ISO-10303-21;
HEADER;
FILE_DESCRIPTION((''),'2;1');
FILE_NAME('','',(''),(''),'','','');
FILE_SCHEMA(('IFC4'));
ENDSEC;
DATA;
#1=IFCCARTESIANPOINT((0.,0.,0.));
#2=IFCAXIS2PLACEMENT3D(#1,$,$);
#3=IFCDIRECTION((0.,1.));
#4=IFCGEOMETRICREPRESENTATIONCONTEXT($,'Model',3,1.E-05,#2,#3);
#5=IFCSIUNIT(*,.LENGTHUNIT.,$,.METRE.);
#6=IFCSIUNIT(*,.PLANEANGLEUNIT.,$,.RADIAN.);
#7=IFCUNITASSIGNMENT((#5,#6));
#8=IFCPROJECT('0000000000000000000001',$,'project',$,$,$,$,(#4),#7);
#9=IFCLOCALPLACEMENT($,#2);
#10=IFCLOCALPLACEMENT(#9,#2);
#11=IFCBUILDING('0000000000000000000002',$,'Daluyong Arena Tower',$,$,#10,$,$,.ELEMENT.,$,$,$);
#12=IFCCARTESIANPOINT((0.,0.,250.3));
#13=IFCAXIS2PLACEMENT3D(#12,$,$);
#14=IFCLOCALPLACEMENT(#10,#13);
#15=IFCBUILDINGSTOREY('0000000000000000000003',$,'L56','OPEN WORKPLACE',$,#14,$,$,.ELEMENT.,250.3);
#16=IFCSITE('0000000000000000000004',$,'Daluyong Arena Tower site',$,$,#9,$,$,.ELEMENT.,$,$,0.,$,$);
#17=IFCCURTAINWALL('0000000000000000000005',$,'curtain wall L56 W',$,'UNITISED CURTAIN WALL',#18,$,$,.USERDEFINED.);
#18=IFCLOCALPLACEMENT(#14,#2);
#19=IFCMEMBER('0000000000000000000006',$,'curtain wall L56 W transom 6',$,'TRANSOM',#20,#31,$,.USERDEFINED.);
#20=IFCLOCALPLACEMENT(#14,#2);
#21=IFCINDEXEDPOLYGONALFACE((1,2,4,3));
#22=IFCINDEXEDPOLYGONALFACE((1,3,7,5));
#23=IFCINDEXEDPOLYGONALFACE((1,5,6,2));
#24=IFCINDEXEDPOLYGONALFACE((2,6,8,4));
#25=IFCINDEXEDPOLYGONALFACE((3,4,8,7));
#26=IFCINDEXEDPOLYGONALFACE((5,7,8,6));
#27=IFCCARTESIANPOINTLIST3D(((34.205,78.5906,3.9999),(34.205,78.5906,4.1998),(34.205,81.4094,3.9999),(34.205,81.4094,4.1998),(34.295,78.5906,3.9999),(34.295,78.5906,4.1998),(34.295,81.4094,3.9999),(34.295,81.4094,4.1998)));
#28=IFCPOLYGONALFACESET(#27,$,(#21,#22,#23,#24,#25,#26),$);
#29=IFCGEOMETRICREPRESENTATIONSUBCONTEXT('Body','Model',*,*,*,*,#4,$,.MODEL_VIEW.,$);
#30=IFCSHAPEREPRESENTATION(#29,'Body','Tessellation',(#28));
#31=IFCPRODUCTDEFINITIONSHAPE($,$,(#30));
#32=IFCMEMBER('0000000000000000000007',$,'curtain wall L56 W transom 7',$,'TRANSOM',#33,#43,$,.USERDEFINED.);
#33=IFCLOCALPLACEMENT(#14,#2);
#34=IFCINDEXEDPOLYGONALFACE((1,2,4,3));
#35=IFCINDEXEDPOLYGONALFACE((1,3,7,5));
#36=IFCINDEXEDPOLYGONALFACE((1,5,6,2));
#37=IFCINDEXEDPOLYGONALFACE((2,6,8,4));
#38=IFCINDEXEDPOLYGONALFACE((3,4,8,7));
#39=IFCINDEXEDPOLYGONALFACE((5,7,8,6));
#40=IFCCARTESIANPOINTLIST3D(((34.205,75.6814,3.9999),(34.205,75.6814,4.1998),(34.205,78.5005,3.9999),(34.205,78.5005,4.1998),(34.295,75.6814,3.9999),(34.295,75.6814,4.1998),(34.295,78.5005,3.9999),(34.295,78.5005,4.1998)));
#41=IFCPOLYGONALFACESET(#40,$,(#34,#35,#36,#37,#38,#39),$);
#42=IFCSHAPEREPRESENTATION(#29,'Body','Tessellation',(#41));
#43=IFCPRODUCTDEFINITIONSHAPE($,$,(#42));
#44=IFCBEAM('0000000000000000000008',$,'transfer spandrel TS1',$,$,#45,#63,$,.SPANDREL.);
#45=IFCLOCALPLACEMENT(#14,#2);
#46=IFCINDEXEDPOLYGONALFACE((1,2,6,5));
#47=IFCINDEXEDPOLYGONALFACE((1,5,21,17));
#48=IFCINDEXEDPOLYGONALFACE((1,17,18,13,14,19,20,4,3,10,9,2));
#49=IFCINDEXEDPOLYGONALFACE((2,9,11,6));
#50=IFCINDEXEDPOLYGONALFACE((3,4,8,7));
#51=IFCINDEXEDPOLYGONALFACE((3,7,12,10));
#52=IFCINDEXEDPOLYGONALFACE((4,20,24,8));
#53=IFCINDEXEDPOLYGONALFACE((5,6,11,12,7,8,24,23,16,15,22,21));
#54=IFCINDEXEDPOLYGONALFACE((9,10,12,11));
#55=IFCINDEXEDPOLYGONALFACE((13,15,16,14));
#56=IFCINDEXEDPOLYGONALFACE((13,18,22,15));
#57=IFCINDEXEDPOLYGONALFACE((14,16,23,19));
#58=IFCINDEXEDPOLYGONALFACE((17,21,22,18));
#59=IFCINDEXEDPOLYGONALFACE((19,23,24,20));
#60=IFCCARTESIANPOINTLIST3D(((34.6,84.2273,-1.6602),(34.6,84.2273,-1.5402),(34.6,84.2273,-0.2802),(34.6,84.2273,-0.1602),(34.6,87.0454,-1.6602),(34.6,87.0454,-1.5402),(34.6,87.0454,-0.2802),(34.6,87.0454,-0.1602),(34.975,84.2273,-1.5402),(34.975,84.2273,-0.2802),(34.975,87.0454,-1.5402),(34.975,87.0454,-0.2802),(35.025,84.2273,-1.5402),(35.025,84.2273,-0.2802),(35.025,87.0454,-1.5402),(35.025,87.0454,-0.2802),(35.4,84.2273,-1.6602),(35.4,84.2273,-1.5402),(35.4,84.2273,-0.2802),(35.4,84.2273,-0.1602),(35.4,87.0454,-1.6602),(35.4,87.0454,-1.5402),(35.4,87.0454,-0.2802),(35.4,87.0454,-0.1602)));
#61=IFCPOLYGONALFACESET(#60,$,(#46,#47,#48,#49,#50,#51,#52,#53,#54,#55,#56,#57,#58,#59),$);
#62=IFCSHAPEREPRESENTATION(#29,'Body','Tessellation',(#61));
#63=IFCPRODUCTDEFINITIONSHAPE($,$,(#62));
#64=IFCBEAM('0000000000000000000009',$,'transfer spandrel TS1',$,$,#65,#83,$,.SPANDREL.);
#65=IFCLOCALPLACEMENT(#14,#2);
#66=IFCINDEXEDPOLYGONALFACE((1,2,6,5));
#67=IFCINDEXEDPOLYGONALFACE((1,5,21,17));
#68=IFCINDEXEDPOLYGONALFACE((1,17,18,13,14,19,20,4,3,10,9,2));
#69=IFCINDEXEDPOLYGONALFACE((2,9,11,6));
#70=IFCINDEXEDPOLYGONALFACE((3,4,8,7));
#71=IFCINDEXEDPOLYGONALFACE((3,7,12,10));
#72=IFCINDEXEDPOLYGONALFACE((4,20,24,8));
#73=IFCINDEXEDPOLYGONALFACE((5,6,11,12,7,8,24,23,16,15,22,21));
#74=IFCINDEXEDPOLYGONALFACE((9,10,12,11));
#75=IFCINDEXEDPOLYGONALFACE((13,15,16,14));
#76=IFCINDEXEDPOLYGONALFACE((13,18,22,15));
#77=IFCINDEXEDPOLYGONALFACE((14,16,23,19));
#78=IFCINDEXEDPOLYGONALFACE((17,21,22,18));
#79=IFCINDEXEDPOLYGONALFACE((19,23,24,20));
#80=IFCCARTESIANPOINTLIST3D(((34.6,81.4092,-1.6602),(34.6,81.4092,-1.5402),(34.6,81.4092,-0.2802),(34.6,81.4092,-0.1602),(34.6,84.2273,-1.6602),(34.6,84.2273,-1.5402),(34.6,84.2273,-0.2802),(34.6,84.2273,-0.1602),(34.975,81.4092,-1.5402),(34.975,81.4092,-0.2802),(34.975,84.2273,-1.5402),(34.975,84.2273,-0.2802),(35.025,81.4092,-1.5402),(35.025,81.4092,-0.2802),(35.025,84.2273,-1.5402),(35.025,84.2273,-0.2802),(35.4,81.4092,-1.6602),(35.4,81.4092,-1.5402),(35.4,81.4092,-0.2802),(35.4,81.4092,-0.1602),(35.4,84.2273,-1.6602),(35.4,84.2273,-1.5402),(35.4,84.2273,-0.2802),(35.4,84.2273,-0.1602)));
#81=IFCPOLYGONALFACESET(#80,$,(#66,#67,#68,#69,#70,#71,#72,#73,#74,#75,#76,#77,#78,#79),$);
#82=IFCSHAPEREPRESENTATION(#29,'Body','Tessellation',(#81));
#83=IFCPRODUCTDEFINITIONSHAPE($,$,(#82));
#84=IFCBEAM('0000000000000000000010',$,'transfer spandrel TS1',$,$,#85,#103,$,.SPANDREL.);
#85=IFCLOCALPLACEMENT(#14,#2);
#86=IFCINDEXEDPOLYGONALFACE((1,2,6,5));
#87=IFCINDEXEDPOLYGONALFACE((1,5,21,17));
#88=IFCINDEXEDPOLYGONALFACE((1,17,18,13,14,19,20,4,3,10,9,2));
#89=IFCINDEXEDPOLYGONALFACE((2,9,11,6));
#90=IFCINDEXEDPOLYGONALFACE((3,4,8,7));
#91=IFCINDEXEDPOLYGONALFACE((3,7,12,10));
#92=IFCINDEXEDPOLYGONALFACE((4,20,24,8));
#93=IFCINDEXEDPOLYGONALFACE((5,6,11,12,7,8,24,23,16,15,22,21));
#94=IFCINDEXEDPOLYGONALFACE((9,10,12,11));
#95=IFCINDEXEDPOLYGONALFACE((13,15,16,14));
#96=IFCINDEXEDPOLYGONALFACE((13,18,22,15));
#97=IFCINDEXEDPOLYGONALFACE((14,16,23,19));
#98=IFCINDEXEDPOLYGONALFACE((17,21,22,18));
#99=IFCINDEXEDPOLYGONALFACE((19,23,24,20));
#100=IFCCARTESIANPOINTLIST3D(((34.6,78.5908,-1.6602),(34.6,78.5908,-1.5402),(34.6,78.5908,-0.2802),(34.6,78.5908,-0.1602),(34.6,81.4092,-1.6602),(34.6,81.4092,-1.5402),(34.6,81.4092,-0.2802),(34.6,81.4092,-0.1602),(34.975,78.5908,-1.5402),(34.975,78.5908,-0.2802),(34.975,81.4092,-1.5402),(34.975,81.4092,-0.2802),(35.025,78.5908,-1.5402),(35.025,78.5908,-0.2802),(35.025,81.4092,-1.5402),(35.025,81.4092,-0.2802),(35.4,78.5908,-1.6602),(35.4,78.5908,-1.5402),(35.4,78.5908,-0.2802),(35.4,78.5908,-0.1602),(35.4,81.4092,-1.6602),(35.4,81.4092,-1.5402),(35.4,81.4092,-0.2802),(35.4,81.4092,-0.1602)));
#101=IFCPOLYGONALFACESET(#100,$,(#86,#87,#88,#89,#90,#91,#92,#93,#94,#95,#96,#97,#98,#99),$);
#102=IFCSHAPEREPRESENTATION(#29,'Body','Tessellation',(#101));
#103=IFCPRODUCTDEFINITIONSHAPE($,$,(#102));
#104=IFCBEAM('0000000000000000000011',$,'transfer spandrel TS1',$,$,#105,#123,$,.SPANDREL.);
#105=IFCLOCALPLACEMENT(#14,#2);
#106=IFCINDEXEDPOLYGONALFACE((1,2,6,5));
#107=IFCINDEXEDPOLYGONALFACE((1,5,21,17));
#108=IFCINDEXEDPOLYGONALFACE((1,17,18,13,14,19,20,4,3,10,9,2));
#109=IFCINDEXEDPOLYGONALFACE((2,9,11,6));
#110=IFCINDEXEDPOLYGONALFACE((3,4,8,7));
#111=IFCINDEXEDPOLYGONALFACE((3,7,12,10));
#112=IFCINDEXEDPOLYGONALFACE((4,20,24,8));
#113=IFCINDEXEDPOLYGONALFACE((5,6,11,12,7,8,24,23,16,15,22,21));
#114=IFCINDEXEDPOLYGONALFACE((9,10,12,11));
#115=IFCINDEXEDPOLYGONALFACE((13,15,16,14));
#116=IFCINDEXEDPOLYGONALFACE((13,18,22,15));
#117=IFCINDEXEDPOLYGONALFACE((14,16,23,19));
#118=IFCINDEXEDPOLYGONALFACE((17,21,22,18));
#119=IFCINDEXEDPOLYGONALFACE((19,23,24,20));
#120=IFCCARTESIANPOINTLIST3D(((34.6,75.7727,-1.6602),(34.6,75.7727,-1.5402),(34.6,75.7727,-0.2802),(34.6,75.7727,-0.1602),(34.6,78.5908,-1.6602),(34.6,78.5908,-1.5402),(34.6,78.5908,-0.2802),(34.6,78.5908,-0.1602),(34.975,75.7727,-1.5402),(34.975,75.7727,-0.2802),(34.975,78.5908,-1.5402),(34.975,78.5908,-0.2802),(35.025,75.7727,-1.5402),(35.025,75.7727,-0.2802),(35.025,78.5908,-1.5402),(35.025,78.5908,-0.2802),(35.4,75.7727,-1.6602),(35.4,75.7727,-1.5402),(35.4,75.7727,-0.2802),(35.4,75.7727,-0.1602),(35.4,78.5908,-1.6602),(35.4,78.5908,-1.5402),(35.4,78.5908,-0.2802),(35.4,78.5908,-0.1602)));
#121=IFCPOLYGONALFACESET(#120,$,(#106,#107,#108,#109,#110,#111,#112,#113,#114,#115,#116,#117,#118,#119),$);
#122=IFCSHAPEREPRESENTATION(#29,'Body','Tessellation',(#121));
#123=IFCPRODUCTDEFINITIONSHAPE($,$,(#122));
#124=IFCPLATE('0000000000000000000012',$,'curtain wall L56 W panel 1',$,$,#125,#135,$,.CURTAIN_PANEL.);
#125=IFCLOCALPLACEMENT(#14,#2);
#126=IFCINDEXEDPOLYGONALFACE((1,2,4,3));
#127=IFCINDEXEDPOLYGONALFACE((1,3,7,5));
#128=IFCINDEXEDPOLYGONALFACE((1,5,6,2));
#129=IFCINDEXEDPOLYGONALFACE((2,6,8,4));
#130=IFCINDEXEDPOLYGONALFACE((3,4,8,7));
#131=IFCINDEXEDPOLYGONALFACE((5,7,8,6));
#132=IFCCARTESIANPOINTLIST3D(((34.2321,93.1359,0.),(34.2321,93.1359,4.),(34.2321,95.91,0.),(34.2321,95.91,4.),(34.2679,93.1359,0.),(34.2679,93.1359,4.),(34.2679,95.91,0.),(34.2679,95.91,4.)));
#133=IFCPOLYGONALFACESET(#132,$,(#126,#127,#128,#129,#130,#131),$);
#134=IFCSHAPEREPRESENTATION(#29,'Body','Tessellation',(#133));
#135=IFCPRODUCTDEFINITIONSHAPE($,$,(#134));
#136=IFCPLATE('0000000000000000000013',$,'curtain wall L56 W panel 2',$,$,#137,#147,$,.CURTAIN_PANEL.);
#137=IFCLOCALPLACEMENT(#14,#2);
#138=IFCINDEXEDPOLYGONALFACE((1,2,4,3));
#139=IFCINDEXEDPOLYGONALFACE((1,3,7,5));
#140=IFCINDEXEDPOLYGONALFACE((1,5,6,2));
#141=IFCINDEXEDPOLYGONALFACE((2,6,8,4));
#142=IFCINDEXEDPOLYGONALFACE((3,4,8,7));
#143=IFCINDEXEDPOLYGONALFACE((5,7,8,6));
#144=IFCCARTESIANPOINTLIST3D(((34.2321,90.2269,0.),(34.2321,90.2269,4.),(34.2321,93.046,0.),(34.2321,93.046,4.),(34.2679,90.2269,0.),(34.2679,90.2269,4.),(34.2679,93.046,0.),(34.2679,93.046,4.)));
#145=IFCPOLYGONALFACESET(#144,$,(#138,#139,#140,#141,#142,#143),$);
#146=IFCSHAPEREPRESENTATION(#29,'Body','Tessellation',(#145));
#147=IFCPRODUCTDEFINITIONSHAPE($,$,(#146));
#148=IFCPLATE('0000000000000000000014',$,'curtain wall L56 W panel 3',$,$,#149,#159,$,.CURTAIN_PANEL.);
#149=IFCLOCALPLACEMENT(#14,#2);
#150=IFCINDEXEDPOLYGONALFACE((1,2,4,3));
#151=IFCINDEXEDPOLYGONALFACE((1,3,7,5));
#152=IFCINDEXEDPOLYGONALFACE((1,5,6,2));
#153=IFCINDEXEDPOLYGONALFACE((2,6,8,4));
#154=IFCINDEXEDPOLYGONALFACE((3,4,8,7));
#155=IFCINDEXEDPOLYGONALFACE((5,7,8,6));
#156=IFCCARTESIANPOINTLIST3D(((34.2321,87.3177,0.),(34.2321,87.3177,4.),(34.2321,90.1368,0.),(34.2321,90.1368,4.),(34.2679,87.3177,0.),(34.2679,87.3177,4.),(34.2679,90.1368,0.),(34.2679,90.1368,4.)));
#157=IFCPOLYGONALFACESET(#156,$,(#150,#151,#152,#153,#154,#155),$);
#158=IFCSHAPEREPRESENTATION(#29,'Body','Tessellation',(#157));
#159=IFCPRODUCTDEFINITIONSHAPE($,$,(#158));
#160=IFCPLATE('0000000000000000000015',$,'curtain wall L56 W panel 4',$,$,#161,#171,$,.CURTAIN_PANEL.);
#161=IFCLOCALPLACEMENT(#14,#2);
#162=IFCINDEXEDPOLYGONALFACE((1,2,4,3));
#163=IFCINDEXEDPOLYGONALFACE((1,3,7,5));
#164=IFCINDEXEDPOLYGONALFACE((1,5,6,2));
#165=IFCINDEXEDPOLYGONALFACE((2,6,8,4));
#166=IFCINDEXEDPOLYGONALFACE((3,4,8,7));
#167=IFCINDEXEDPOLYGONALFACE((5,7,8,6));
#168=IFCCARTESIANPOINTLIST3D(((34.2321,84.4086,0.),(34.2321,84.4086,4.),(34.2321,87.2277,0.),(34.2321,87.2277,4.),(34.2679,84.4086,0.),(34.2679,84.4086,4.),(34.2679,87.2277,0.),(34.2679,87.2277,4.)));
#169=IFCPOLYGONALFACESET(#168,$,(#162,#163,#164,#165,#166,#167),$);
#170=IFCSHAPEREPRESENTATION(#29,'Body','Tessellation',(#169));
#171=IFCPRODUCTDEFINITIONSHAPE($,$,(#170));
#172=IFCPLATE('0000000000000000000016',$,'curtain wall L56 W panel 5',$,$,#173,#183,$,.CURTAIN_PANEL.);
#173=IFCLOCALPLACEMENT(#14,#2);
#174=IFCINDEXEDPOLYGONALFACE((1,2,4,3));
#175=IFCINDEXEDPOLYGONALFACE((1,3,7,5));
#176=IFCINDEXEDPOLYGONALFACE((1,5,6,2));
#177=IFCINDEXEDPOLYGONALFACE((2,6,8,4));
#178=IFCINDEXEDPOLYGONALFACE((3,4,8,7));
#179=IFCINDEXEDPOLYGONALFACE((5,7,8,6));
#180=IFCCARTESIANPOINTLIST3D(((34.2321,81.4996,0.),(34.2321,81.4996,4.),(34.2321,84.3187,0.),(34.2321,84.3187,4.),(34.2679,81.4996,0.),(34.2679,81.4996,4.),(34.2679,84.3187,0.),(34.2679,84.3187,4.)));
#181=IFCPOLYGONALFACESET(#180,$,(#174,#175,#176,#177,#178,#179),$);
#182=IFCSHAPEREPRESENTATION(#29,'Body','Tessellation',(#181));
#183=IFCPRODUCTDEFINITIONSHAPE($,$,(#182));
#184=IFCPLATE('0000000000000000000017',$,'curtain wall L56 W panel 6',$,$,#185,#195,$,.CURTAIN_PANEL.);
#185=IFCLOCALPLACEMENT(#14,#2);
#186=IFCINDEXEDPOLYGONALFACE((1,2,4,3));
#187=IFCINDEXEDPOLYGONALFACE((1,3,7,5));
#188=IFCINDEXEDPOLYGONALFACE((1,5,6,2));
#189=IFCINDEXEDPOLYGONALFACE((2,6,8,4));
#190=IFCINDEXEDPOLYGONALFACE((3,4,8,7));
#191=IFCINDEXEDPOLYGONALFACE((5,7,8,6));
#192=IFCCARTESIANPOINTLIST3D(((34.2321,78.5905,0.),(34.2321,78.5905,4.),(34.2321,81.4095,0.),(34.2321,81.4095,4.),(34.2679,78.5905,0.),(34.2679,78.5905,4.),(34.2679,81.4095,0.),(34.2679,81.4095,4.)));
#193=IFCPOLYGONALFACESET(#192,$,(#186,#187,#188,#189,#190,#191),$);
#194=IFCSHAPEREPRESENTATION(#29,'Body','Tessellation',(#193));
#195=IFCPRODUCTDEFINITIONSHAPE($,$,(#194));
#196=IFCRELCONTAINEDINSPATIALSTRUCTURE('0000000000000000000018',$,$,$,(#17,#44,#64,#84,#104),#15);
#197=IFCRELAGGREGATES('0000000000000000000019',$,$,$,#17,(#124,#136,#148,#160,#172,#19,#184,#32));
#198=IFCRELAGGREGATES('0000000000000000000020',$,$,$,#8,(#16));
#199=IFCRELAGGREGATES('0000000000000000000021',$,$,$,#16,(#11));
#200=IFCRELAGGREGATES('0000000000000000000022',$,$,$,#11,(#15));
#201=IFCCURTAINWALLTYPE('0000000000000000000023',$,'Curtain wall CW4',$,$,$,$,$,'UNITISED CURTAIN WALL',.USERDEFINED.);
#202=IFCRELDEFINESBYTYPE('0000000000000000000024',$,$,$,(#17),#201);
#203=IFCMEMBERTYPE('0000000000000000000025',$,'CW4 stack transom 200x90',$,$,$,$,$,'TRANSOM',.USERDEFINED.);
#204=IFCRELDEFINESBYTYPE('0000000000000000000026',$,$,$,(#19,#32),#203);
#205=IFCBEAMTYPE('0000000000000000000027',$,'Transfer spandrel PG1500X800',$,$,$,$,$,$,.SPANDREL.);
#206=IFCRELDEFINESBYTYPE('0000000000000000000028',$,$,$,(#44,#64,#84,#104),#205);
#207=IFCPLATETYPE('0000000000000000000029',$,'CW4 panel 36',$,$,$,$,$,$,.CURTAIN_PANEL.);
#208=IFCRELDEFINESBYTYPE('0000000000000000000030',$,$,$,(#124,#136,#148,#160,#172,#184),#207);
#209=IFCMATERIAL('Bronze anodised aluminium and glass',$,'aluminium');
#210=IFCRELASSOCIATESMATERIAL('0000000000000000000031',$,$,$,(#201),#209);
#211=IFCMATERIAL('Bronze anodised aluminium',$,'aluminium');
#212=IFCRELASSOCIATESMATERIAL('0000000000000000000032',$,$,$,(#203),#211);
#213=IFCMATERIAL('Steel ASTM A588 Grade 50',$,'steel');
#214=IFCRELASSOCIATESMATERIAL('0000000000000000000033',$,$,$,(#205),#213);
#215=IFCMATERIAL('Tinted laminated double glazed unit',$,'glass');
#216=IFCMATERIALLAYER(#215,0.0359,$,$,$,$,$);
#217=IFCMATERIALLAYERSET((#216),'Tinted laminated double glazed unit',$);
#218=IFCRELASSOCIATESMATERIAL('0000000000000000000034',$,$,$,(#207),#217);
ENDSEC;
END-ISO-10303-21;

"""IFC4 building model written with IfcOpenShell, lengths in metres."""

from ifc_helpers import new_model, si_unit, direction, frame, origin, origin_2d, place, context, subcontext, project, spatial, rectangle, i_section, extrude, material, layer, layer_set, material_profile, profile_set, type_object, element, aggregate, save


model = new_model("IFC4")

# Units and contexts
model_context = context("Model", 3, precision=1e-05, world=origin(), true_north=direction((0.0, 1.0)))
body_context = subcontext(model_context, "Body", "Model", "MODEL_VIEW")
ifc_project = project(units=[si_unit("LENGTHUNIT", "METRE"), si_unit("PLANEANGLEUNIT", "RADIAN")], contexts=[model_context])

# Site, building, storey
site_placement = place(None, origin())
site = spatial("IfcSite", under=ifc_project, at=site_placement, Name="Daluyong Arena Tower site", CompositionType="ELEMENT", RefElevation=0.0)
building_placement = place(site_placement, origin())
building = spatial("IfcBuilding", under=site, at=building_placement, Name="Daluyong Arena Tower", CompositionType="ELEMENT")
storey_placement = place(building_placement, frame((0.0, 0.0, 250.3)))
storey = spatial("IfcBuildingStorey", under=building, at=storey_placement, Name="L56", Description="OPEN WORKPLACE", CompositionType="ELEMENT", Elevation=250.3)

# Curtain wall, members
ifc_material_1 = material(Name="Bronze anodised aluminium and glass", Category="aluminium")
curtain_wall_type = type_object("IfcCurtainWallType", Name="Curtain wall CW4", ElementType="UNITISED CURTAIN WALL", PredefinedType="USERDEFINED", material=ifc_material_1)
curtain_wall_placement = place(storey_placement, origin())
curtain_wall = element("IfcCurtainWall", 1, at=curtain_wall_placement, inside=storey, type_object=curtain_wall_type, Name="curtain wall L56 W", ObjectType="UNITISED CURTAIN WALL", PredefinedType="USERDEFINED")
ifc_material_2 = material(Name="Bronze anodised aluminium", Category="aluminium")
ifc_material_profile_1 = material_profile(ifc_material_2, rectangle(XDim=0.0901, YDim=0.2, at=origin_2d()))
ifc_profile_set_1 = profile_set([ifc_material_profile_1], Name="Bronze anodised aluminium")
member_type_1 = type_object("IfcMemberType", Name="CW4 stack transom 200x90", ElementType="TRANSOM", PredefinedType="USERDEFINED", material=ifc_profile_set_1)
member_1_placement = place(storey_placement, frame((34.25, 81.4094, 4.0999), z_axis=(0.0, -1.0, 0.0), x_axis=(1.0, 0.0, 0.0)))
member_1 = element("IfcMember", 2, at=member_1_placement, type_object=member_type_1, Name="curtain wall L56 W transom 6", ObjectType="TRANSOM", PredefinedType="USERDEFINED", context=body_context, shape_type="SweptSolid", body=[
    extrude(rectangle(XDim=0.0901, YDim=0.2, at=origin_2d()), origin(), (0.0, 0.0, 1.0), 2.8188),
])
member_2_placement = place(storey_placement, frame((34.25, 78.5005, 4.0999), z_axis=(0.0, -1.0, 0.0), x_axis=(1.0, 0.0, 0.0)))
member_2 = element("IfcMember", 3, at=member_2_placement, type_object=member_type_1, Name="curtain wall L56 W transom 7", ObjectType="TRANSOM", PredefinedType="USERDEFINED", context=body_context, shape_type="SweptSolid", body=[
    extrude(rectangle(XDim=0.0901, YDim=0.2, at=origin_2d()), origin(), (0.0, 0.0, 1.0), 2.8191),
])

# Beams
ifc_material_3 = material(Name="Steel ASTM A588 Grade 50", Category="steel")
ifc_material_profile_2 = material_profile(ifc_material_3, i_section(OverallWidth=0.8, OverallDepth=1.5, WebThickness=0.05, FlangeThickness=0.12, at=origin_2d()))
ifc_profile_set_2 = profile_set([ifc_material_profile_2], Name="Steel ASTM A588 Grade 50")
beam_type = type_object("IfcBeamType", Name="Transfer spandrel PG1500X800", PredefinedType="SPANDREL", material=ifc_profile_set_2)
for number, where, z_axis, x_axis, name in (
    (4, (35.0, 87.0454, -0.9102), (0.0, -1.0, 0.0), (1.0, 0.0, 0.0), "transfer spandrel TS1"),
    (5, (35.0, 84.2273, -0.9102), (0.0, -1.0, 0.0), (1.0, 0.0, 0.0), "transfer spandrel TS1"),
):
    element("IfcBeam", number, at=place(storey_placement, frame(where, z_axis=z_axis, x_axis=x_axis)), inside=storey, type_object=beam_type, Name=name, PredefinedType="SPANDREL", context=body_context, shape_type="SweptSolid", body=[
        extrude(i_section(OverallWidth=0.8, OverallDepth=1.5, WebThickness=0.05, FlangeThickness=0.12, at=origin_2d()), origin(), (0.0, 0.0, 1.0), 2.8181),
    ])
beam_1_placement = place(storey_placement, frame((35.0, 81.4092, -0.9102), z_axis=(0.0, -1.0, 0.0), x_axis=(1.0, 0.0, 0.0)))
element("IfcBeam", 6, at=beam_1_placement, inside=storey, type_object=beam_type, Name="transfer spandrel TS1", PredefinedType="SPANDREL", context=body_context, shape_type="SweptSolid", body=[
    extrude(i_section(OverallWidth=0.8, OverallDepth=1.5, WebThickness=0.05, FlangeThickness=0.12, at=origin_2d()), origin(), (0.0, 0.0, 1.0), 2.8184),
])
beam_2_placement = place(storey_placement, frame((35.0, 78.5908, -0.9102), z_axis=(0.0, -1.0, 0.0), x_axis=(1.0, 0.0, 0.0)))
element("IfcBeam", 7, at=beam_2_placement, inside=storey, type_object=beam_type, Name="transfer spandrel TS1", PredefinedType="SPANDREL", context=body_context, shape_type="SweptSolid", body=[
    extrude(i_section(OverallWidth=0.8, OverallDepth=1.5, WebThickness=0.05, FlangeThickness=0.12, at=origin_2d()), origin(), (0.0, 0.0, 1.0), 2.8181),
])

# Plates
ifc_material_4 = material(Name="Tinted laminated double glazed unit", Category="glass")
ifc_layer = layer(ifc_material_4, 0.0359)
ifc_layer_set = layer_set([ifc_layer], Name="Tinted laminated double glazed unit")
plate_type = type_object("IfcPlateType", Name="CW4 panel 36", PredefinedType="CURTAIN_PANEL", material=ifc_layer_set)
plate_1_placement = place(storey_placement, frame((34.25, 94.5229, 0.0), z_axis=(0.0, 0.0, 1.0), x_axis=(0.0, -1.0, 0.0)))
plate_1 = element("IfcPlate", 8, at=plate_1_placement, type_object=plate_type, Name="curtain wall L56 W panel 1", PredefinedType="CURTAIN_PANEL", context=body_context, shape_type="SweptSolid", body=[
    extrude(rectangle(XDim=2.7742, YDim=0.0359, at=origin_2d()), origin(), (0.0, 0.0, 1.0), 4.0),
])
plate_2_placement = place(storey_placement, frame((34.25, 91.6365, 0.0), z_axis=(0.0, 0.0, 1.0), x_axis=(0.0, -1.0, 0.0)))
plate_2 = element("IfcPlate", 9, at=plate_2_placement, type_object=plate_type, Name="curtain wall L56 W panel 2", PredefinedType="CURTAIN_PANEL", context=body_context, shape_type="SweptSolid", body=[
    extrude(rectangle(XDim=2.8191, YDim=0.0359, at=origin_2d()), origin(), (0.0, 0.0, 1.0), 4.0),
])
plate_3_placement = place(storey_placement, frame((34.25, 88.7273, 0.0), z_axis=(0.0, 0.0, 1.0), x_axis=(0.0, -1.0, 0.0)))
plate_3 = element("IfcPlate", 10, at=plate_3_placement, type_object=plate_type, Name="curtain wall L56 W panel 3", PredefinedType="CURTAIN_PANEL", context=body_context, shape_type="SweptSolid", body=[
    extrude(rectangle(XDim=2.8191, YDim=0.0359, at=origin_2d()), origin(), (0.0, 0.0, 1.0), 4.0),
])
plate_4_placement = place(storey_placement, frame((34.25, 85.8181, 0.0), z_axis=(0.0, 0.0, 1.0), x_axis=(0.0, -1.0, 0.0)))
plate_4 = element("IfcPlate", 11, at=plate_4_placement, type_object=plate_type, Name="curtain wall L56 W panel 4", PredefinedType="CURTAIN_PANEL", context=body_context, shape_type="SweptSolid", body=[
    extrude(rectangle(XDim=2.8191, YDim=0.0359, at=origin_2d()), origin(), (0.0, 0.0, 1.0), 4.0),
])
plate_5_placement = place(storey_placement, frame((34.25, 82.9092, 0.0), z_axis=(0.0, 0.0, 1.0), x_axis=(0.0, -1.0, 0.0)))
plate_5 = element("IfcPlate", 12, at=plate_5_placement, type_object=plate_type, Name="curtain wall L56 W panel 5", PredefinedType="CURTAIN_PANEL", context=body_context, shape_type="SweptSolid", body=[
    extrude(rectangle(XDim=2.8191, YDim=0.0359, at=origin_2d()), origin(), (0.0, 0.0, 1.0), 4.0),
])
plate_6_placement = place(storey_placement, frame((34.25, 80.0, 0.0), z_axis=(0.0, 0.0, 1.0), x_axis=(0.0, -1.0, 0.0)))
plate_6 = element("IfcPlate", 13, at=plate_6_placement, type_object=plate_type, Name="curtain wall L56 W panel 6", PredefinedType="CURTAIN_PANEL", context=body_context, shape_type="SweptSolid", body=[
    extrude(rectangle(XDim=2.8191, YDim=0.0359, at=origin_2d()), origin(), (0.0, 0.0, 1.0), 4.0),
])
aggregate(curtain_wall, [plate_1, plate_2, plate_3, plate_4, plate_5, member_1, plate_6, member_2])

save(model, "model.ifc")
